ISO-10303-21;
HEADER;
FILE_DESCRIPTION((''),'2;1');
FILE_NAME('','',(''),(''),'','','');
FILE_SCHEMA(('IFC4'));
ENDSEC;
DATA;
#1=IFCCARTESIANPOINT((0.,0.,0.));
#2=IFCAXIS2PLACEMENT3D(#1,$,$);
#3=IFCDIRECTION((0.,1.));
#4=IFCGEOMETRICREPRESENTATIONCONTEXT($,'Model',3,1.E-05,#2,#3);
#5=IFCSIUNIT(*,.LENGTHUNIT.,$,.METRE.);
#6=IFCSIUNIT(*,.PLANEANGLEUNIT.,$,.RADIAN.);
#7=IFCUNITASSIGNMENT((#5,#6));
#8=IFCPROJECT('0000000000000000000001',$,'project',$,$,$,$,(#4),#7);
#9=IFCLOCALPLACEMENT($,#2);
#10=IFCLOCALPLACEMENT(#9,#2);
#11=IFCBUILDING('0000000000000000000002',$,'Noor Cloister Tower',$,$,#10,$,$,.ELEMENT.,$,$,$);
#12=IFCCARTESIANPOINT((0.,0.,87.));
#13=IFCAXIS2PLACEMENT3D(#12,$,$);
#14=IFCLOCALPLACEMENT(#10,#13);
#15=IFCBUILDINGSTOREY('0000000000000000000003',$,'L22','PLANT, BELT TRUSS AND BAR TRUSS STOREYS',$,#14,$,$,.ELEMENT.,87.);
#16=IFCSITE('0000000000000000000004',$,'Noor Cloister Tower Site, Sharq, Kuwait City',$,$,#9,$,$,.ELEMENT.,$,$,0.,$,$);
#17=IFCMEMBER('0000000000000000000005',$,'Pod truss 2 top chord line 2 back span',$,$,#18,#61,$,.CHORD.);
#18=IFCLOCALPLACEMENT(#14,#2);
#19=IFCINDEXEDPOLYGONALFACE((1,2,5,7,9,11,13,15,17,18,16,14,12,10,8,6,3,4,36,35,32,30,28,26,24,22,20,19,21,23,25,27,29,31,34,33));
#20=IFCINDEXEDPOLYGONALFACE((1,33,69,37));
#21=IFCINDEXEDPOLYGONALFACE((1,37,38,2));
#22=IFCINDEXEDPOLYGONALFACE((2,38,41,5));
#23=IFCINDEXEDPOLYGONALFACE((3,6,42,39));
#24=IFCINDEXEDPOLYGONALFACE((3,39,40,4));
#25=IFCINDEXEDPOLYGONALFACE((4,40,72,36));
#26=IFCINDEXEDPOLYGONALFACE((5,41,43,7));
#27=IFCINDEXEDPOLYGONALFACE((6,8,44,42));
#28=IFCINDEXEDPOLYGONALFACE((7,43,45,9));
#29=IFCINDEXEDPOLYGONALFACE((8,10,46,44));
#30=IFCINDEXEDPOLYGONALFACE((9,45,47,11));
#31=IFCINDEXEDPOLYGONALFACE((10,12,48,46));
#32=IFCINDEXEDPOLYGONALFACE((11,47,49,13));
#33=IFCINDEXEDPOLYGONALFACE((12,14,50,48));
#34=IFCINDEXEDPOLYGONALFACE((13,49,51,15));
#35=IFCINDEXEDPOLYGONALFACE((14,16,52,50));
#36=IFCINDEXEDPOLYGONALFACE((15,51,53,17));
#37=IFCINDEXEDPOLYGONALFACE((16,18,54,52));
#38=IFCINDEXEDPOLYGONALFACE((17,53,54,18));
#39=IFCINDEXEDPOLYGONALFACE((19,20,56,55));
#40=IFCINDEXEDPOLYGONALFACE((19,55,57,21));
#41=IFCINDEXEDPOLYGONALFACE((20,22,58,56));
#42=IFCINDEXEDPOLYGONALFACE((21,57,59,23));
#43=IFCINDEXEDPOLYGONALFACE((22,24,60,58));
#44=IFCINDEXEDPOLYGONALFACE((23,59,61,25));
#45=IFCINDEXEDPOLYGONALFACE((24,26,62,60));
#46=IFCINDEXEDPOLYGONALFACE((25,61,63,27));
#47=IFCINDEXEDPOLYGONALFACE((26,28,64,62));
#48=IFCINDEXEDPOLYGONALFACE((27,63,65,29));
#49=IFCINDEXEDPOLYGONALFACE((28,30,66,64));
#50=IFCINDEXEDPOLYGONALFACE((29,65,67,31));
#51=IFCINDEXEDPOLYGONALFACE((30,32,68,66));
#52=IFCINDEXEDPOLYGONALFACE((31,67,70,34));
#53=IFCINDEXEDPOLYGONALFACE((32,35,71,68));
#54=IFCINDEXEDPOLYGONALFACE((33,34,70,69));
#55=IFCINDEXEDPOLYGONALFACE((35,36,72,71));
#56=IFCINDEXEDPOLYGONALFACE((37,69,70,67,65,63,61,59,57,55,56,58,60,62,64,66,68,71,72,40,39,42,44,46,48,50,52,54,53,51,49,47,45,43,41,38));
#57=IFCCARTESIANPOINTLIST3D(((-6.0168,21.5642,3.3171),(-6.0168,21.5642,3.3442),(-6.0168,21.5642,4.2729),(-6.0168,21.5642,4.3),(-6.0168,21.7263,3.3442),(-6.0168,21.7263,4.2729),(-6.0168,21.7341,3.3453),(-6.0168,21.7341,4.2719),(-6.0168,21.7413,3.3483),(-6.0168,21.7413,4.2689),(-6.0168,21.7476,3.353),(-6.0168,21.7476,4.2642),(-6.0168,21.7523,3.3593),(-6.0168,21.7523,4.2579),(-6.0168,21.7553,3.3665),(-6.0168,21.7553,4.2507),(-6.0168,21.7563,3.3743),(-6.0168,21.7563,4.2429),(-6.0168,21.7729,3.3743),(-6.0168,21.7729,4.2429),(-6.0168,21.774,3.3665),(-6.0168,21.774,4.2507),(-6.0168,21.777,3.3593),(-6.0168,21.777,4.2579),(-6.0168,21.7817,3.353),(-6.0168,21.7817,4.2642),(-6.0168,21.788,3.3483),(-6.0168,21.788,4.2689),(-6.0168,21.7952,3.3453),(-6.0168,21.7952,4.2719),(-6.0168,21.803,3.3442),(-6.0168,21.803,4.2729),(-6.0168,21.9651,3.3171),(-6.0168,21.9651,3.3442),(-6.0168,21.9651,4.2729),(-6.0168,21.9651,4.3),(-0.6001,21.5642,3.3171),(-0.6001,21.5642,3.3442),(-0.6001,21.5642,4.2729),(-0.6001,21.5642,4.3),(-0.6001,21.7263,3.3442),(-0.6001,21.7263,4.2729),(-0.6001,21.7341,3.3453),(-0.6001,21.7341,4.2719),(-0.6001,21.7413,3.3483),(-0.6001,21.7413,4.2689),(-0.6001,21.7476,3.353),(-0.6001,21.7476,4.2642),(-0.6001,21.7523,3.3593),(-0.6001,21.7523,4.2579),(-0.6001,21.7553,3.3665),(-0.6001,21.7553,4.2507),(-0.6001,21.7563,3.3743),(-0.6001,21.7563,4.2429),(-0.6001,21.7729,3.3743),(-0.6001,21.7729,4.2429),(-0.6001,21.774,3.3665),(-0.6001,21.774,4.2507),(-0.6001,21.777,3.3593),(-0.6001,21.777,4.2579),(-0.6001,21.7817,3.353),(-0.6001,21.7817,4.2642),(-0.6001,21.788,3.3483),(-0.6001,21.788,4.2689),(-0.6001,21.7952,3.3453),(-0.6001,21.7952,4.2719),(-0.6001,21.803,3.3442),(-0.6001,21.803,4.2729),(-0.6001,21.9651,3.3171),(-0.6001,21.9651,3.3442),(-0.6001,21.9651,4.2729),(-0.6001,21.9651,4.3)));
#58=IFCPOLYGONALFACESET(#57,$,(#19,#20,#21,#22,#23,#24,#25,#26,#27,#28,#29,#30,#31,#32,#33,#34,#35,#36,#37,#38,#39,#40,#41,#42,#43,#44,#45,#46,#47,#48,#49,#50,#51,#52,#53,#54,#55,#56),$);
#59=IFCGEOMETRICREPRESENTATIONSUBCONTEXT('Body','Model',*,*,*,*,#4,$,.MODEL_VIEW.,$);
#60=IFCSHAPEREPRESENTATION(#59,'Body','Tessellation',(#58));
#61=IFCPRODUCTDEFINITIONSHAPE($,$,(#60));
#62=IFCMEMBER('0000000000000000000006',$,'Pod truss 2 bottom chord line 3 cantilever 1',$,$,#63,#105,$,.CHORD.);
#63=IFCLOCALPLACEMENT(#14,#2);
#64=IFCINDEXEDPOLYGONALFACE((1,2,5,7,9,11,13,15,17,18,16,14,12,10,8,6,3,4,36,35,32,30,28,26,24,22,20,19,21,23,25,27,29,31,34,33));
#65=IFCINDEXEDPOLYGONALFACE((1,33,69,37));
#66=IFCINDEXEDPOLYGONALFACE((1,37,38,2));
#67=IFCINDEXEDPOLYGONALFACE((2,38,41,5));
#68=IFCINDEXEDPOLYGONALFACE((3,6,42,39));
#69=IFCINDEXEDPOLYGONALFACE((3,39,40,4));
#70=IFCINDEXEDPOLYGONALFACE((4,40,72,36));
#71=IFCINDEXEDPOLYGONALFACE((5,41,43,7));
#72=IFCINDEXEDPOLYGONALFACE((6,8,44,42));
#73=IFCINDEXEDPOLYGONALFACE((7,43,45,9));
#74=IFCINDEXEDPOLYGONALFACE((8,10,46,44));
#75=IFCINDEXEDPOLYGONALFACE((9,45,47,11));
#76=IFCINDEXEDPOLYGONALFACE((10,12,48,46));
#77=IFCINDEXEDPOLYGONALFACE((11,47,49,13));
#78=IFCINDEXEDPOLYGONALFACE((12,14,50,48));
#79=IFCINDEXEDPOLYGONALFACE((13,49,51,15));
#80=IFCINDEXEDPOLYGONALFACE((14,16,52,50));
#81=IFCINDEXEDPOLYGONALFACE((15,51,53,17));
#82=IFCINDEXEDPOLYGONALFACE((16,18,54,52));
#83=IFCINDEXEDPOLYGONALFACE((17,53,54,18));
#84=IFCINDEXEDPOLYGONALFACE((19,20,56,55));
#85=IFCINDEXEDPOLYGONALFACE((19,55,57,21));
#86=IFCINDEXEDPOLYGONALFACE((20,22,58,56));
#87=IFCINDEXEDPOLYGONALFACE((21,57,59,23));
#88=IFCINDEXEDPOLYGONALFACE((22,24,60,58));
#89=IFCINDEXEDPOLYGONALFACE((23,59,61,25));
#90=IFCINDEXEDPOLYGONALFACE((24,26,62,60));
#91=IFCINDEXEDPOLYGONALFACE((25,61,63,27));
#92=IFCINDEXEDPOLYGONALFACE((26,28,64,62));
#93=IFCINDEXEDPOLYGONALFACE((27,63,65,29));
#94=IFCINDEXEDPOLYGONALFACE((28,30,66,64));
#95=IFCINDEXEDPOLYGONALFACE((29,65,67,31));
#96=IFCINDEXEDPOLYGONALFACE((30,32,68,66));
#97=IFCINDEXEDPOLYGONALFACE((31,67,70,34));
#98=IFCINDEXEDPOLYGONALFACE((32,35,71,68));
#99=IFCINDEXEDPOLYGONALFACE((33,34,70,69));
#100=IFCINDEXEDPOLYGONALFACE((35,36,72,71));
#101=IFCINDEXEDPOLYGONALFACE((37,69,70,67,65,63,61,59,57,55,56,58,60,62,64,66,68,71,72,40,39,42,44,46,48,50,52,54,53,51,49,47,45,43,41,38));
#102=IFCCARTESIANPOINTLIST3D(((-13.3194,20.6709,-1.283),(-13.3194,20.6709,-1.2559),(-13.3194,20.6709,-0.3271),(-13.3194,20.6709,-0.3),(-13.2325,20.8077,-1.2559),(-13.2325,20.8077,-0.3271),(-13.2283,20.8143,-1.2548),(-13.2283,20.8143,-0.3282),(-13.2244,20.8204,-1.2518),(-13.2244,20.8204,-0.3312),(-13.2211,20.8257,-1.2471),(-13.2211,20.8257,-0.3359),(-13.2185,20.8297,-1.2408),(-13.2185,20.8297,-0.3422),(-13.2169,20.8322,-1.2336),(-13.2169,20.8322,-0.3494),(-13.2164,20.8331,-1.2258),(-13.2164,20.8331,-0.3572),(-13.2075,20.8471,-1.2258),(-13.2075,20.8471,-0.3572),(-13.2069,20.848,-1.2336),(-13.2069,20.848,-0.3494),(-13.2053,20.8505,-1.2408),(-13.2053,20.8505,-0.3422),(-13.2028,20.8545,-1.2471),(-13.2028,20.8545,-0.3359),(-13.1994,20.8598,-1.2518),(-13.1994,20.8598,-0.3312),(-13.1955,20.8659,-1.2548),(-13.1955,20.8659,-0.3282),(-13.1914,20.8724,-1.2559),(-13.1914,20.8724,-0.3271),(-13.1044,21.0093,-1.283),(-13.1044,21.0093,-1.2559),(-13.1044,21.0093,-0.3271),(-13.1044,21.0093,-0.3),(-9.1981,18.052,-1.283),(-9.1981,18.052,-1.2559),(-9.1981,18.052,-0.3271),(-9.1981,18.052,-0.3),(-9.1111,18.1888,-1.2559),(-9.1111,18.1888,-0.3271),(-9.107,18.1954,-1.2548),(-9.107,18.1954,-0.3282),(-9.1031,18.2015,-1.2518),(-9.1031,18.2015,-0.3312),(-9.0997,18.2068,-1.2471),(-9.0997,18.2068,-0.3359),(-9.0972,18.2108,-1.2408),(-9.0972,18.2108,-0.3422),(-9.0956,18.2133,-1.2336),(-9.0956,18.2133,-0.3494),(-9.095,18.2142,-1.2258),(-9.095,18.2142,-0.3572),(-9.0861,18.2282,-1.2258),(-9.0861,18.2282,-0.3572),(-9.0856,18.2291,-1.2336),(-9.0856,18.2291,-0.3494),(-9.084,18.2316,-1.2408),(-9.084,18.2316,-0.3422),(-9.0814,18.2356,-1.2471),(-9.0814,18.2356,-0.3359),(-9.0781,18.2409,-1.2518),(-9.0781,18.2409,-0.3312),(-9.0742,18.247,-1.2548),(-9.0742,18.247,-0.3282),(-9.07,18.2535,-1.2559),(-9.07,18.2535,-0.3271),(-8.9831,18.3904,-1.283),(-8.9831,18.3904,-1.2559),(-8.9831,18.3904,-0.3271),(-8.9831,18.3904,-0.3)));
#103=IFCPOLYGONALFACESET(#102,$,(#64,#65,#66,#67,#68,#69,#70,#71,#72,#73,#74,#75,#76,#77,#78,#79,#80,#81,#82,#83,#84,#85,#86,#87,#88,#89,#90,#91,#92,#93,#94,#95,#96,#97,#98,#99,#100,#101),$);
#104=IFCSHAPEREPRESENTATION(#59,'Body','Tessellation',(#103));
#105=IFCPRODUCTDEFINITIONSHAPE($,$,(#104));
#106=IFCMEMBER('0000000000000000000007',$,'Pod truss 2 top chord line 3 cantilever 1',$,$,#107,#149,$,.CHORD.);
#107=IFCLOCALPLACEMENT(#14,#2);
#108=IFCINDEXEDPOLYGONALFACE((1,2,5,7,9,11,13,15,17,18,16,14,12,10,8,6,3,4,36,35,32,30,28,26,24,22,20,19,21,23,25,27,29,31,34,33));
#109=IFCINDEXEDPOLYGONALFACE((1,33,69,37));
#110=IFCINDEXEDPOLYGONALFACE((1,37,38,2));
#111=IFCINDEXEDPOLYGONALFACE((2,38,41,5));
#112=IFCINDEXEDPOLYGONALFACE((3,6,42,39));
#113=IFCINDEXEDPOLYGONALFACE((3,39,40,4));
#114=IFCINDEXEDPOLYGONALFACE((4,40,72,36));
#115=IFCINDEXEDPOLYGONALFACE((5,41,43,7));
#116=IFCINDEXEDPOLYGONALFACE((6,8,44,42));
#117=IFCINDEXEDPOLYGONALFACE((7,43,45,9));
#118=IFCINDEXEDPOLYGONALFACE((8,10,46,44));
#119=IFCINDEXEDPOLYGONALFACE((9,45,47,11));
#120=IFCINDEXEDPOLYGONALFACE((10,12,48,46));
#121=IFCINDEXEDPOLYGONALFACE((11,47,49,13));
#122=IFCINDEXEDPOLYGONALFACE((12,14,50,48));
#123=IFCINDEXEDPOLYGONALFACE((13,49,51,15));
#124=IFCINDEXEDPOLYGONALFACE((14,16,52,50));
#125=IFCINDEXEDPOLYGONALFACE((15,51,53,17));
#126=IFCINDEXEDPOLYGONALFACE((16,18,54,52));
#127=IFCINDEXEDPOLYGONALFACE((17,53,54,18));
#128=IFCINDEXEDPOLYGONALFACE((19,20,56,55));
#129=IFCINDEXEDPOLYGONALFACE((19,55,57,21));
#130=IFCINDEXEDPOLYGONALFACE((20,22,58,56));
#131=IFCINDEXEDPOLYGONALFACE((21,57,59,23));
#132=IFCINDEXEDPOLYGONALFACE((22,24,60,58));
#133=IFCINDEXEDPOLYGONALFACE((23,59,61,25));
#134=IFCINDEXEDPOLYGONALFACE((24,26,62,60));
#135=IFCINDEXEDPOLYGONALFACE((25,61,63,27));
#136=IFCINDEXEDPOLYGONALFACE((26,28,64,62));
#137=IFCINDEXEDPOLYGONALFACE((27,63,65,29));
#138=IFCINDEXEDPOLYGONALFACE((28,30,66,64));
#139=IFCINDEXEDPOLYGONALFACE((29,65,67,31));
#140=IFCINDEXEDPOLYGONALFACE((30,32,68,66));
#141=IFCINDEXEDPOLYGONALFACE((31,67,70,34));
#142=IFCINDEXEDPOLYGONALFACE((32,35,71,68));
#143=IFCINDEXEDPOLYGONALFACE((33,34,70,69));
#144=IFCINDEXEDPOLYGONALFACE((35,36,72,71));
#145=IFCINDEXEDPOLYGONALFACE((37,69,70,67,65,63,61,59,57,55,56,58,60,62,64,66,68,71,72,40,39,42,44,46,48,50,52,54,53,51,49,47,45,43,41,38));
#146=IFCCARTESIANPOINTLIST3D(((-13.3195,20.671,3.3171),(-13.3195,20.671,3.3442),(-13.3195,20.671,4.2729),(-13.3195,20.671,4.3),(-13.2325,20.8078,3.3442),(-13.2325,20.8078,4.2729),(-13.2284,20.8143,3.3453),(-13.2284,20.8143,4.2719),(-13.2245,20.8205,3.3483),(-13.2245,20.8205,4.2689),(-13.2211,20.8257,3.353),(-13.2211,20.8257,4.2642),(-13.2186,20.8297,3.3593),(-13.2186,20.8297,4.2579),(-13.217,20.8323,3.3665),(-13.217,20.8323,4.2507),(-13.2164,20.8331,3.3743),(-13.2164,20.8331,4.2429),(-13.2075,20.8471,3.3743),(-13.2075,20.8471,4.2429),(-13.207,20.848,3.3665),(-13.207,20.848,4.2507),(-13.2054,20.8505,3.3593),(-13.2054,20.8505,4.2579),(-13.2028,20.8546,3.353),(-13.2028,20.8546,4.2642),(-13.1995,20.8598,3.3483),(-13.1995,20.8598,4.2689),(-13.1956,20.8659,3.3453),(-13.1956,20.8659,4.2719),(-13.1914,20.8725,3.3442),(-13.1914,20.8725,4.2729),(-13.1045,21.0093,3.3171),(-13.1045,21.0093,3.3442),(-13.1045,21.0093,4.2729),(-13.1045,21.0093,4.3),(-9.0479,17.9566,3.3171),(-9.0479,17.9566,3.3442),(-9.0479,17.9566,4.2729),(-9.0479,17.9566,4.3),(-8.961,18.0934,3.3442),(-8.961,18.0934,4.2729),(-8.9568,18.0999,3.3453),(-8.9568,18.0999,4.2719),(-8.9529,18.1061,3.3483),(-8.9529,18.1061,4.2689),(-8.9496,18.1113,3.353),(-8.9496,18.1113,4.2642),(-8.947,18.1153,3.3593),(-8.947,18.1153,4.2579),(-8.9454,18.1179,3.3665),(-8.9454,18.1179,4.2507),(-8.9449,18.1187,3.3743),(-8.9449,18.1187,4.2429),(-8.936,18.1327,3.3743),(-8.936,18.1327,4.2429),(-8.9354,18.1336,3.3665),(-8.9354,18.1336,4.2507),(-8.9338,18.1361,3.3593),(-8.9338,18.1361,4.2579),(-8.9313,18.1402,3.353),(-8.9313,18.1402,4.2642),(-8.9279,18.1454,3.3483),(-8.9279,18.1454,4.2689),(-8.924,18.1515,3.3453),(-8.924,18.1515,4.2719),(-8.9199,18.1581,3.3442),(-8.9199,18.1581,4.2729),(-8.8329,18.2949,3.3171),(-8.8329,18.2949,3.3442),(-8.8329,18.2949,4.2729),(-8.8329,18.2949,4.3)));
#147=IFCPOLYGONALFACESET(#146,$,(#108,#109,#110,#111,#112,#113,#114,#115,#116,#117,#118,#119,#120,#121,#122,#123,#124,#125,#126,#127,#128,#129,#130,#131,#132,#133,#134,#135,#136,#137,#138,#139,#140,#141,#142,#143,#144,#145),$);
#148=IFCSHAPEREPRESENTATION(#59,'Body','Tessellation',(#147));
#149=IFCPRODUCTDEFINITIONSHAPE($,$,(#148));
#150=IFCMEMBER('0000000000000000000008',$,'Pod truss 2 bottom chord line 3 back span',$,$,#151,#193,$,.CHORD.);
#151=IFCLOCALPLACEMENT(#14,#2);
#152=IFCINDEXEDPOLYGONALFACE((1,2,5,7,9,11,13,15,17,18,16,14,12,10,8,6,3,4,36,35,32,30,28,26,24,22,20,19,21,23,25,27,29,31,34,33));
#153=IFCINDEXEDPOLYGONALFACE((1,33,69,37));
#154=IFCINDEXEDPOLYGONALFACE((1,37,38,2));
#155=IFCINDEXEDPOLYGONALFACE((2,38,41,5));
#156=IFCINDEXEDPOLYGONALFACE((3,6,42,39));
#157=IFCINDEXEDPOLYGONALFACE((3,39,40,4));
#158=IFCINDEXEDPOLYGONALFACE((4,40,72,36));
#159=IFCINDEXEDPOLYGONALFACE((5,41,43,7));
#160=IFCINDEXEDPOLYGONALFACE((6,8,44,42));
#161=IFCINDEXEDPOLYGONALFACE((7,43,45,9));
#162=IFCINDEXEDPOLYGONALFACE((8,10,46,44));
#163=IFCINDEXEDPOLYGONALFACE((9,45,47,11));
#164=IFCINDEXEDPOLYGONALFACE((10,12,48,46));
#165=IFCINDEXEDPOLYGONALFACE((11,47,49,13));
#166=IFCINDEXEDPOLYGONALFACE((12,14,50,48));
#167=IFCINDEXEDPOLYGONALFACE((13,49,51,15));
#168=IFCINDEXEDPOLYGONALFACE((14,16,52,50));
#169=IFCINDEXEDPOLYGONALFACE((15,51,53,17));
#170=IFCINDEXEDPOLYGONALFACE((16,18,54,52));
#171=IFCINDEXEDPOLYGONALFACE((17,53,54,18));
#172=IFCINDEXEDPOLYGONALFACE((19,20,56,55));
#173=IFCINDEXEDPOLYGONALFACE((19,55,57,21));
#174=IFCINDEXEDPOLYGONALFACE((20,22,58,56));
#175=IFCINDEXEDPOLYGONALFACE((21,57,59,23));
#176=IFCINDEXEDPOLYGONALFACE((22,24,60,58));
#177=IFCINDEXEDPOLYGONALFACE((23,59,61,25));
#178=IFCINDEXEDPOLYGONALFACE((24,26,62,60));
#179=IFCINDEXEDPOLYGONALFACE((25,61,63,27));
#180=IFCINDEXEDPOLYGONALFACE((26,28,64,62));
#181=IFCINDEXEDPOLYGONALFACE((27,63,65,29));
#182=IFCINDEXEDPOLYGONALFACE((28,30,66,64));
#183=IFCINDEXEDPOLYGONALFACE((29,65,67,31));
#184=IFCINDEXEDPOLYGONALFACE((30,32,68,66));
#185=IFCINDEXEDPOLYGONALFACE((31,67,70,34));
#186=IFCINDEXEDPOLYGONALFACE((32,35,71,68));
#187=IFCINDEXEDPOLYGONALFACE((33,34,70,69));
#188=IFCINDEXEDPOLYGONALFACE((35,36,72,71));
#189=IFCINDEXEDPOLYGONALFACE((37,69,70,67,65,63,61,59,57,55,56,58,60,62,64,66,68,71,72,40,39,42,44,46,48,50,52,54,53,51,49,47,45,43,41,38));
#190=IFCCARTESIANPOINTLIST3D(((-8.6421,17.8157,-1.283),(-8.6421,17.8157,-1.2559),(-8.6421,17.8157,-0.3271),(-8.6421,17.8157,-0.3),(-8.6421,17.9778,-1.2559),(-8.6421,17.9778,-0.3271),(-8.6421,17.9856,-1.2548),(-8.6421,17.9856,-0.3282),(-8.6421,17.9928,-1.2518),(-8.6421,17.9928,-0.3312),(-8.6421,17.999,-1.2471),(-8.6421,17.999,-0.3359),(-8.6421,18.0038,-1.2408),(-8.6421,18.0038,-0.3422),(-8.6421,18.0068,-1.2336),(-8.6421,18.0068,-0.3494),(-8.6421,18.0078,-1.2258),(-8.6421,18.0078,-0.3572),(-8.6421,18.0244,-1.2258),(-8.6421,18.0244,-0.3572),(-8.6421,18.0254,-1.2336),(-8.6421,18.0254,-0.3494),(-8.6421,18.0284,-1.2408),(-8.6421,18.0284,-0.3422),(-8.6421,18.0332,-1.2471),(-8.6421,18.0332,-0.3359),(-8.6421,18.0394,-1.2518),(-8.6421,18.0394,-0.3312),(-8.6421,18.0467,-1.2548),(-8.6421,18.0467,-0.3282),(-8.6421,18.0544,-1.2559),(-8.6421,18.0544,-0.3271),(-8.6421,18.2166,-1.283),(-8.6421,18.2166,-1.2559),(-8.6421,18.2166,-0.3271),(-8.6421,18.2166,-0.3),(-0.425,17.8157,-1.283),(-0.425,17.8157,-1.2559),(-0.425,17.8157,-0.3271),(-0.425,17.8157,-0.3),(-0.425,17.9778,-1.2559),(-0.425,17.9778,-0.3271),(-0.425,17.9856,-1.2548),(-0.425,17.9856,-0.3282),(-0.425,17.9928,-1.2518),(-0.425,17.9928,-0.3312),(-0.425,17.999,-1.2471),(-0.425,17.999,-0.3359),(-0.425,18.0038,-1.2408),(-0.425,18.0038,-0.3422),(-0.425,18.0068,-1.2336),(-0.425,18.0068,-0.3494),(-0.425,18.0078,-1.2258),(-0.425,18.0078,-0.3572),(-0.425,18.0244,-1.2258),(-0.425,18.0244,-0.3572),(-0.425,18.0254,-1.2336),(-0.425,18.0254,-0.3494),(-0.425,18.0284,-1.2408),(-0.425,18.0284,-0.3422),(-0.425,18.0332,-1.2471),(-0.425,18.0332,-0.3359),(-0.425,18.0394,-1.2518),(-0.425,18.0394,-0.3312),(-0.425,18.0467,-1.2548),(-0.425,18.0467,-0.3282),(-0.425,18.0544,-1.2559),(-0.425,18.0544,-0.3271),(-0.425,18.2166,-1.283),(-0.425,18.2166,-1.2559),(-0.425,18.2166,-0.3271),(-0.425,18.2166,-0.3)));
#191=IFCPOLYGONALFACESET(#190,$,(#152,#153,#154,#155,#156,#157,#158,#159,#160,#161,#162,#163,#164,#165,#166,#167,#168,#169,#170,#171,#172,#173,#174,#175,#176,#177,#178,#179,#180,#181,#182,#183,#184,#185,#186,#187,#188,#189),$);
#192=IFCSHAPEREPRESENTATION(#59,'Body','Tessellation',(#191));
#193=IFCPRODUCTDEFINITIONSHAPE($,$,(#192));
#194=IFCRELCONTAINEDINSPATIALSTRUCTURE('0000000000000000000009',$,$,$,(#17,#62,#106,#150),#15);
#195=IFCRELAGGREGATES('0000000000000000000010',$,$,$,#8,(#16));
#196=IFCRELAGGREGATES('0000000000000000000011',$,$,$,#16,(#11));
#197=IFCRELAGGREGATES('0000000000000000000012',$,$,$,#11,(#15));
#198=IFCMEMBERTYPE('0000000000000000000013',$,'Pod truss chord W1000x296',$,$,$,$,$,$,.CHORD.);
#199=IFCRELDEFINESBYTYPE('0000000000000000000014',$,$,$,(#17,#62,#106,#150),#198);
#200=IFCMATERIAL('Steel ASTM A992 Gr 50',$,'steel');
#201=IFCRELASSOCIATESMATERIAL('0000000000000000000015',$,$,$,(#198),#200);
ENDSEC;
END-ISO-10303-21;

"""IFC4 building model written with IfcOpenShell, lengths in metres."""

from ifc_helpers import new_model, si_unit, direction, frame, origin, origin_2d, place, context, subcontext, project, spatial, i_section, extrude, material, material_profile, profile_set, type_object, element, save


model = new_model("IFC4")

# Units and contexts
model_context = context("Model", 3, precision=1e-05, world=origin(), true_north=direction((0.0, 1.0)))
body_context = subcontext(model_context, "Body", "Model", "MODEL_VIEW")
ifc_project = project(units=[si_unit("LENGTHUNIT", "METRE"), si_unit("PLANEANGLEUNIT", "RADIAN")], contexts=[model_context])

# Site, building, storey
site_placement = place(None, origin())
site = spatial("IfcSite", under=ifc_project, at=site_placement, Name="Noor Cloister Tower Site, Sharq, Kuwait City", CompositionType="ELEMENT", RefElevation=0.0)
building_placement = place(site_placement, origin())
building = spatial("IfcBuilding", under=site, at=building_placement, Name="Noor Cloister Tower", CompositionType="ELEMENT")
storey_placement = place(building_placement, frame((0.0, 0.0, 87.0)))
storey = spatial("IfcBuildingStorey", under=building, at=storey_placement, Name="L22", Description="PLANT, BELT TRUSS AND BAR TRUSS STOREYS", CompositionType="ELEMENT", Elevation=87.0)

# Members
ifc_material_1 = material(Name="Steel ASTM A992 Gr 50", Category="steel")
ifc_material_profile_1 = material_profile(ifc_material_1, i_section(OverallWidth=0.4009, OverallDepth=0.9829, WebThickness=0.0166, FlangeThickness=0.0271, FilletRadius=0.03, at=origin_2d()), Name="W1000x296")
ifc_profile_set_1 = profile_set([ifc_material_profile_1], Name="Steel ASTM A992 Gr 50")
member_type_1 = type_object("IfcMemberType", Name="Pod truss chord W1000x296", PredefinedType="CHORD", material=ifc_profile_set_1)
member_1_placement = place(storey_placement, frame((-6.0168, 21.7646, 3.8086), z_axis=(1.0, 0.0, 0.0), x_axis=(0.0, 1.0, 0.0)))
element("IfcMember", 1, at=member_1_placement, inside=storey, type_object=member_type_1, Name="Pod truss 2 top chord line 2 back span", PredefinedType="CHORD", context=body_context, shape_type="SweptSolid", body=[
    extrude(i_section(OverallWidth=0.4009, OverallDepth=0.9829, WebThickness=0.0166, FlangeThickness=0.0271, FilletRadius=0.03, at=origin_2d()), origin(), (0.0, 0.0, 1.0), 5.4167),
])
member_2_placement = place(storey_placement, frame((-9.0906, 18.2212, -0.7915), z_axis=(-0.844011, 0.536325, 0.0), x_axis=(-0.536325, -0.844011, 0.0)))
element("IfcMember", 2, at=member_2_placement, inside=storey, type_object=member_type_1, Name="Pod truss 2 bottom chord line 3 cantilever 1", PredefinedType="CHORD", context=body_context, shape_type="SweptSolid", body=[
    extrude(i_section(OverallWidth=0.4009, OverallDepth=0.9829, WebThickness=0.0166, FlangeThickness=0.0271, FilletRadius=0.03, at=origin_2d()), origin(), (0.0, 0.0, 1.0), 4.8831),
])
member_3_placement = place(storey_placement, frame((-8.9404, 18.1257, 3.8086), z_axis=(-0.844007, 0.536332, 0.0), x_axis=(-0.536332, -0.844007, 0.0)))
element("IfcMember", 3, at=member_3_placement, inside=storey, type_object=member_type_1, Name="Pod truss 2 top chord line 3 cantilever 1", PredefinedType="CHORD", context=body_context, shape_type="SweptSolid", body=[
    extrude(i_section(OverallWidth=0.4009, OverallDepth=0.9829, WebThickness=0.0166, FlangeThickness=0.0271, FilletRadius=0.03, at=origin_2d()), origin(), (0.0, 0.0, 1.0), 5.061),
])
member_4_placement = place(storey_placement, frame((-8.6421, 18.0161, -0.7915), z_axis=(1.0, 0.0, 0.0), x_axis=(0.0, 1.0, 0.0)))
element("IfcMember", 4, at=member_4_placement, inside=storey, type_object=member_type_1, Name="Pod truss 2 bottom chord line 3 back span", PredefinedType="CHORD", context=body_context, shape_type="SweptSolid", body=[
    extrude(i_section(OverallWidth=0.4009, OverallDepth=0.9829, WebThickness=0.0166, FlangeThickness=0.0271, FilletRadius=0.03, at=origin_2d()), origin(), (0.0, 0.0, 1.0), 8.217),
])

save(model, "model.ifc")
